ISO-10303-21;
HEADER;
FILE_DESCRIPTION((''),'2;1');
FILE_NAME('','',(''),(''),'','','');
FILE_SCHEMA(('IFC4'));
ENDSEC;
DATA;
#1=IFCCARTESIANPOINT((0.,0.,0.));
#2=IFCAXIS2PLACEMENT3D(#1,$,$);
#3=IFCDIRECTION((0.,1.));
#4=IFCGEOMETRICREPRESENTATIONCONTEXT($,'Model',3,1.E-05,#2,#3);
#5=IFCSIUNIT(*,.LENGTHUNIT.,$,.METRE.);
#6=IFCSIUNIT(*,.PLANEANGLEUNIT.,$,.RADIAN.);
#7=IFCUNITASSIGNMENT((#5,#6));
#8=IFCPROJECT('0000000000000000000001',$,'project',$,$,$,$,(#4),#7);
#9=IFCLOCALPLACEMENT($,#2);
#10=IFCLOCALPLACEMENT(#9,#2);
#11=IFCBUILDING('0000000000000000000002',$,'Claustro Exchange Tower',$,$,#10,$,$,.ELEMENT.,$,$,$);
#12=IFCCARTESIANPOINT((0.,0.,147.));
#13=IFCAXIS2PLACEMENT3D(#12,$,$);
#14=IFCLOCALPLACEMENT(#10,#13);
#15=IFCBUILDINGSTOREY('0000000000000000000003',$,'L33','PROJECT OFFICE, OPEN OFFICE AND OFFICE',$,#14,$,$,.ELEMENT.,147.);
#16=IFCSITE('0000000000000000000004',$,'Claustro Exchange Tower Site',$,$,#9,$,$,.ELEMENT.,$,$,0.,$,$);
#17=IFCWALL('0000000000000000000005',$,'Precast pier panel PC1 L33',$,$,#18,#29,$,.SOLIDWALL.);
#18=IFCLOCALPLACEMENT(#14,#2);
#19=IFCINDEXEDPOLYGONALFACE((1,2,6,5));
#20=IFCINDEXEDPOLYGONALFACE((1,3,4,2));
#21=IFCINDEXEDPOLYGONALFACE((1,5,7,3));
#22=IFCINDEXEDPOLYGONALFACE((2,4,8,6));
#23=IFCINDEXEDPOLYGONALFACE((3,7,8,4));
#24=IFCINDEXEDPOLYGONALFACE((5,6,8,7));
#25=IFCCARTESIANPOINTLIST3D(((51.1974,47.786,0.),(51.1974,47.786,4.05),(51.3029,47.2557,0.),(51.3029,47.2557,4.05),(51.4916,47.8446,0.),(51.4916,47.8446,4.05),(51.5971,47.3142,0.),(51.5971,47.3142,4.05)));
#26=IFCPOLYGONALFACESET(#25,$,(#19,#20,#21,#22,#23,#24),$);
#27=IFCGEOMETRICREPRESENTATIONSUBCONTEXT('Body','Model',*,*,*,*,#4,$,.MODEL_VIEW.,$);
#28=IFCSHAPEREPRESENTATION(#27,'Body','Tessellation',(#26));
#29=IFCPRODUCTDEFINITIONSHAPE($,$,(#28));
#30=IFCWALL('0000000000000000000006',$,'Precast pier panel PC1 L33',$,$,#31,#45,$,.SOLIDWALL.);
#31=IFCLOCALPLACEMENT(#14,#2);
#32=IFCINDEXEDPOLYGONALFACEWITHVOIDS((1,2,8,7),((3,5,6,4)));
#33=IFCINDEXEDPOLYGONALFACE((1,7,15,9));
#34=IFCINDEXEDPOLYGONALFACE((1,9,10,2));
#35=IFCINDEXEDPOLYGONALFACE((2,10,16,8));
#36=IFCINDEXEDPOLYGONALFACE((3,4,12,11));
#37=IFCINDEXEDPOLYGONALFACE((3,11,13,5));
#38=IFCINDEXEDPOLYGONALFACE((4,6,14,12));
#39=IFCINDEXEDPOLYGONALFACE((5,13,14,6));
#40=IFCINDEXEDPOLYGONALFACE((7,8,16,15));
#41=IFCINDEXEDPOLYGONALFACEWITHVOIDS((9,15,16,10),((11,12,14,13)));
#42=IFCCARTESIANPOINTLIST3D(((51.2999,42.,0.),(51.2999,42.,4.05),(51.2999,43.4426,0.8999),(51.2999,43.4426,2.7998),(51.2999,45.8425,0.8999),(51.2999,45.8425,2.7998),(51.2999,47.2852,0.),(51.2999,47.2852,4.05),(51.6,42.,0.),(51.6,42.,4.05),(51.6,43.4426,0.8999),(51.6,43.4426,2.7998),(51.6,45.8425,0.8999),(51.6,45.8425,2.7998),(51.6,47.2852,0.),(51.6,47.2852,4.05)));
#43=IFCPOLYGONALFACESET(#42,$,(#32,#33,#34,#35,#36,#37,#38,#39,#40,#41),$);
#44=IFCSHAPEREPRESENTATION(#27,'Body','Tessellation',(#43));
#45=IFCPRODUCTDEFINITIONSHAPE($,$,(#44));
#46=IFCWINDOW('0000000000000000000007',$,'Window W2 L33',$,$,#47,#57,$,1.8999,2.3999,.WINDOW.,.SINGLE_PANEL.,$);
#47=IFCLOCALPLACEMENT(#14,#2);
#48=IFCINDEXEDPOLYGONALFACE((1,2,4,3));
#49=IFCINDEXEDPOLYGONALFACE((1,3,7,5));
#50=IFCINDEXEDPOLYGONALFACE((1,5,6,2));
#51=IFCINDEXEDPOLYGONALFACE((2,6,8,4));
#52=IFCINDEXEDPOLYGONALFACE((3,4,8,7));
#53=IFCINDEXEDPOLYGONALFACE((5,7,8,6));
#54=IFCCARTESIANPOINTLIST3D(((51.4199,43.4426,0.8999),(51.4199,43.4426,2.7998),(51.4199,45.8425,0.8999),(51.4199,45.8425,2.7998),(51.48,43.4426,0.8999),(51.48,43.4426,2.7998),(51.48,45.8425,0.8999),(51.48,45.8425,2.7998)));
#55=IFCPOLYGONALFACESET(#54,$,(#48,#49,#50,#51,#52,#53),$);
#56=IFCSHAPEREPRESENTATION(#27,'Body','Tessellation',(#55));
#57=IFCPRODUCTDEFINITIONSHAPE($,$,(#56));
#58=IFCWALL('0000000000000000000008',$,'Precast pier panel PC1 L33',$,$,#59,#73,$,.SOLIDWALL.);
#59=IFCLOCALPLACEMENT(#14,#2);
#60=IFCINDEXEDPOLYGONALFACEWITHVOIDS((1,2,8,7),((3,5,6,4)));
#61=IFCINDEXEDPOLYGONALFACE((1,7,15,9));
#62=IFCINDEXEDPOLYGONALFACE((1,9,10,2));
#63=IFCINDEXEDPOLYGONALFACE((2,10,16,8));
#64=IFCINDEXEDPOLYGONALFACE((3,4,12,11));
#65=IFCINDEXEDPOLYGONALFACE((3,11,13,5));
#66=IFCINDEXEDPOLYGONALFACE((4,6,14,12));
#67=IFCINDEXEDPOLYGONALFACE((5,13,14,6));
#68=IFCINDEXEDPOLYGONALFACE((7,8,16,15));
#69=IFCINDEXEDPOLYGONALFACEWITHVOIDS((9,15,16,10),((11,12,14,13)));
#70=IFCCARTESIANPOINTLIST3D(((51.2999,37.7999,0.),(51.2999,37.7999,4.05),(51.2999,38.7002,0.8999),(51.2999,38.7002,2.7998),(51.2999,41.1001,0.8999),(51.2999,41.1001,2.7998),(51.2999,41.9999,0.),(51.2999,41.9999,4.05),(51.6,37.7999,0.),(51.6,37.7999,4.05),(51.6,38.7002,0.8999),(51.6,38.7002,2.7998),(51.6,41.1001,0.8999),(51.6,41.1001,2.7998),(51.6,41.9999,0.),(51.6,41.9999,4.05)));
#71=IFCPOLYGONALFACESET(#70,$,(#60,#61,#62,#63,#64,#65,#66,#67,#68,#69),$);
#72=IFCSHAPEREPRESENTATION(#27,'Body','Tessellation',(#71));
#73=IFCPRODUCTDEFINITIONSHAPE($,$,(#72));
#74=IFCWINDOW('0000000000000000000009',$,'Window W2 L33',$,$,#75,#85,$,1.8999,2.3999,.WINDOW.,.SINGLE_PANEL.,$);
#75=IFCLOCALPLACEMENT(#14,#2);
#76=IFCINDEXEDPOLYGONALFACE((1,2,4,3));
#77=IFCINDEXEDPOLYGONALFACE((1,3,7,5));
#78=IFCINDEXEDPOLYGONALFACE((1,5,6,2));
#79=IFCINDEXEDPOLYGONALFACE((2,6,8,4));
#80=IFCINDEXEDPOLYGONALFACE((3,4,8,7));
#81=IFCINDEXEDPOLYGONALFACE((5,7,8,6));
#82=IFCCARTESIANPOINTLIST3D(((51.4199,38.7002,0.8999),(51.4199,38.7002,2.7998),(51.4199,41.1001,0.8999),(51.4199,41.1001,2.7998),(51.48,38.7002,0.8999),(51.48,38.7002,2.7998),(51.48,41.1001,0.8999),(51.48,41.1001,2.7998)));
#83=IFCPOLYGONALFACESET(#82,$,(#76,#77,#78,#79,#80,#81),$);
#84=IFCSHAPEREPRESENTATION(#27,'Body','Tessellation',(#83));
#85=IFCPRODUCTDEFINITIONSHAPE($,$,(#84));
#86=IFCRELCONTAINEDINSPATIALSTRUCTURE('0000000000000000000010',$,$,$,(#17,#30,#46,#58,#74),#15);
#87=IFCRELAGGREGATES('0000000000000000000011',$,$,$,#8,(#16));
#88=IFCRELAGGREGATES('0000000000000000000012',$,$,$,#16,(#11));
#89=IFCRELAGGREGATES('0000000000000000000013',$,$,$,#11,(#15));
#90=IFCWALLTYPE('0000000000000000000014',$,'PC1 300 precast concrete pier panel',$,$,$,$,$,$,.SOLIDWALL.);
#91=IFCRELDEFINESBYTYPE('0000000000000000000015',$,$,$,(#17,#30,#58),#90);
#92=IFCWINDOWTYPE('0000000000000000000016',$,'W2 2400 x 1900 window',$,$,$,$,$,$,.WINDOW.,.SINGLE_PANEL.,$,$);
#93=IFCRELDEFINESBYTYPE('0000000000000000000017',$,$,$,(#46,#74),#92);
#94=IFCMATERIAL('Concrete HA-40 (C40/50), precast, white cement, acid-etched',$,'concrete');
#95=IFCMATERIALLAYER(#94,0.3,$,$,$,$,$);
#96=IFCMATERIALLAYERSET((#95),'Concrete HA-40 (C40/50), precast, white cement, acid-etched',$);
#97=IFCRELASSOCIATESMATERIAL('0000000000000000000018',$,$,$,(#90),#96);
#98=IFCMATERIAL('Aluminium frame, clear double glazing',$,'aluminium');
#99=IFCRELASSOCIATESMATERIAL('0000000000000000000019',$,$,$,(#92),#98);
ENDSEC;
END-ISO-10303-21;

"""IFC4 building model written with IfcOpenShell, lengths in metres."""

from ifc_helpers import new_model, si_unit, direction, frame, frame_2d, origin, place, context, subcontext, project, spatial, rectangle, extrude, material, layer, layer_set, type_object, element, fill, save


model = new_model("IFC4")

# Units and contexts
model_context = context("Model", 3, precision=1e-05, world=origin(), true_north=direction((0.0, 1.0)))
body_context = subcontext(model_context, "Body", "Model", "MODEL_VIEW")
ifc_project = project(units=[si_unit("LENGTHUNIT", "METRE"), si_unit("PLANEANGLEUNIT", "RADIAN")], contexts=[model_context])

# Site, building, storey
site_placement = place(None, origin())
site = spatial("IfcSite", under=ifc_project, at=site_placement, Name="Claustro Exchange Tower Site", CompositionType="ELEMENT", RefElevation=0.0)
building_placement = place(site_placement, origin())
building = spatial("IfcBuilding", under=site, at=building_placement, Name="Claustro Exchange Tower", CompositionType="ELEMENT")
storey_placement = place(building_placement, frame((0.0, 0.0, 147.0)))
storey = spatial("IfcBuildingStorey", under=building, at=storey_placement, Name="L33", Description="PROJECT OFFICE, OPEN OFFICE AND OFFICE", CompositionType="ELEMENT", Elevation=147.0)

# Shared definitions
ifc_material_1 = material(Name="Concrete HA-40 (C40/50), precast, white cement, acid-etched", Category="concrete")
ifc_layer_1 = layer(ifc_material_1, 0.3)
ifc_layer_set_1 = layer_set([ifc_layer_1], Name="Concrete HA-40 (C40/50), precast, white cement, acid-etched")
wall_type_1 = type_object("IfcWallType", Name="PC1 300 precast concrete pier panel", PredefinedType="SOLIDWALL", material=ifc_layer_set_1)

# Wall
wall_1_placement = place(storey_placement, frame((51.3445, 47.8154, 0.0), z_axis=(0.0, 0.0, 1.0), x_axis=(0.195074, -0.980789, 0.0)))
element("IfcWall", 1, at=wall_1_placement, inside=storey, type_object=wall_type_1, Name="Precast pier panel PC1 L33", PredefinedType="SOLIDWALL", context=body_context, shape_type="SweptSolid", body=[
    extrude(rectangle(XDim=0.5408, YDim=0.3, at=frame_2d((0.2705, 0.0))), origin(), (0.0, 0.0, 1.0), 4.05),
])

# Walls, openings, windows
wall_2_placement = place(storey_placement, frame((51.45, 47.2852, 0.0), z_axis=(0.0, 0.0, 1.0), x_axis=(0.0, -1.0, 0.0)))
wall_2 = element("IfcWall", 2, at=wall_2_placement, inside=storey, type_object=wall_type_1, Name="Precast pier panel PC1 L33", PredefinedType="SOLIDWALL", context=body_context, shape_type="SweptSolid", body=[
    extrude(rectangle(XDim=5.2852, YDim=0.3, at=frame_2d((2.6426, 0.0))), origin(), (0.0, 0.0, 1.0), 4.05),
])
opening_1_placement = place(wall_2_placement, frame((1.4426, 0.0, 0.8999)))
opening_1 = element("IfcOpeningElement", 3, at=opening_1_placement, cuts=wall_2, PredefinedType="OPENING", context=body_context, shape_type="SweptSolid", body=[
    extrude(rectangle(XDim=2.3999, YDim=1.8999, at=frame_2d((1.2, 0.95))), frame((0.0, 0.1599, 0.0), z_axis=(0.0, -1.0, 0.0), x_axis=(1.0, 0.0, 0.0)), (0.0, 0.0, 1.0), 0.3201),
])
ifc_material_2 = material(Name="Aluminium frame, clear double glazing", Category="aluminium")
window_type_1 = type_object("IfcWindowType", Name="W2 2400 x 1900 window", PartitioningType="SINGLE_PANEL", PredefinedType="WINDOW", material=ifc_material_2)
window_1_placement = place(opening_1_placement, origin())
window_1 = element("IfcWindow", 4, at=window_1_placement, inside=storey, type_object=window_type_1, Name="Window W2 L33", OverallHeight=1.8999, OverallWidth=2.3999, PartitioningType="SINGLE_PANEL", PredefinedType="WINDOW", context=body_context, shape_type="SweptSolid", body=[
    extrude(rectangle(XDim=2.3999, YDim=1.8999, at=frame_2d((1.2, 0.95))), frame((0.0, 0.03, 0.0), z_axis=(0.0, -1.0, 0.0), x_axis=(1.0, 0.0, 0.0)), (0.0, 0.0, 1.0), 0.0601),
])
fill(opening_1, window_1)
wall_3_placement = place(storey_placement, frame((51.45, 42.0, 0.0), z_axis=(0.0, 0.0, 1.0), x_axis=(0.0, -1.0, 0.0)))
wall_3 = element("IfcWall", 5, at=wall_3_placement, inside=storey, type_object=wall_type_1, Name="Precast pier panel PC1 L33", PredefinedType="SOLIDWALL", context=body_context, shape_type="SweptSolid", body=[
    extrude(rectangle(XDim=4.2, YDim=0.3, at=frame_2d((2.1001, 0.0))), origin(), (0.0, 0.0, 1.0), 4.05),
])
opening_2_placement = place(wall_3_placement, frame((0.8999, 0.0, 0.8999)))
opening_2 = element("IfcOpeningElement", 6, at=opening_2_placement, cuts=wall_3, PredefinedType="OPENING", context=body_context, shape_type="SweptSolid", body=[
    extrude(rectangle(XDim=2.3999, YDim=1.8999, at=frame_2d((1.2, 0.95))), frame((0.0, 0.1599, 0.0), z_axis=(0.0, -1.0, 0.0), x_axis=(1.0, 0.0, 0.0)), (0.0, 0.0, 1.0), 0.3201),
])
window_2_placement = place(opening_2_placement, origin())
window_2 = element("IfcWindow", 7, at=window_2_placement, inside=storey, type_object=window_type_1, Name="Window W2 L33", OverallHeight=1.8999, OverallWidth=2.3999, PartitioningType="SINGLE_PANEL", PredefinedType="WINDOW", context=body_context, shape_type="SweptSolid", body=[
    extrude(rectangle(XDim=2.3999, YDim=1.8999, at=frame_2d((1.2, 0.95))), frame((0.0, 0.03, 0.0), z_axis=(0.0, -1.0, 0.0), x_axis=(1.0, 0.0, 0.0)), (0.0, 0.0, 1.0), 0.0601),
])
fill(opening_2, window_2)

save(model, "model.ifc")
